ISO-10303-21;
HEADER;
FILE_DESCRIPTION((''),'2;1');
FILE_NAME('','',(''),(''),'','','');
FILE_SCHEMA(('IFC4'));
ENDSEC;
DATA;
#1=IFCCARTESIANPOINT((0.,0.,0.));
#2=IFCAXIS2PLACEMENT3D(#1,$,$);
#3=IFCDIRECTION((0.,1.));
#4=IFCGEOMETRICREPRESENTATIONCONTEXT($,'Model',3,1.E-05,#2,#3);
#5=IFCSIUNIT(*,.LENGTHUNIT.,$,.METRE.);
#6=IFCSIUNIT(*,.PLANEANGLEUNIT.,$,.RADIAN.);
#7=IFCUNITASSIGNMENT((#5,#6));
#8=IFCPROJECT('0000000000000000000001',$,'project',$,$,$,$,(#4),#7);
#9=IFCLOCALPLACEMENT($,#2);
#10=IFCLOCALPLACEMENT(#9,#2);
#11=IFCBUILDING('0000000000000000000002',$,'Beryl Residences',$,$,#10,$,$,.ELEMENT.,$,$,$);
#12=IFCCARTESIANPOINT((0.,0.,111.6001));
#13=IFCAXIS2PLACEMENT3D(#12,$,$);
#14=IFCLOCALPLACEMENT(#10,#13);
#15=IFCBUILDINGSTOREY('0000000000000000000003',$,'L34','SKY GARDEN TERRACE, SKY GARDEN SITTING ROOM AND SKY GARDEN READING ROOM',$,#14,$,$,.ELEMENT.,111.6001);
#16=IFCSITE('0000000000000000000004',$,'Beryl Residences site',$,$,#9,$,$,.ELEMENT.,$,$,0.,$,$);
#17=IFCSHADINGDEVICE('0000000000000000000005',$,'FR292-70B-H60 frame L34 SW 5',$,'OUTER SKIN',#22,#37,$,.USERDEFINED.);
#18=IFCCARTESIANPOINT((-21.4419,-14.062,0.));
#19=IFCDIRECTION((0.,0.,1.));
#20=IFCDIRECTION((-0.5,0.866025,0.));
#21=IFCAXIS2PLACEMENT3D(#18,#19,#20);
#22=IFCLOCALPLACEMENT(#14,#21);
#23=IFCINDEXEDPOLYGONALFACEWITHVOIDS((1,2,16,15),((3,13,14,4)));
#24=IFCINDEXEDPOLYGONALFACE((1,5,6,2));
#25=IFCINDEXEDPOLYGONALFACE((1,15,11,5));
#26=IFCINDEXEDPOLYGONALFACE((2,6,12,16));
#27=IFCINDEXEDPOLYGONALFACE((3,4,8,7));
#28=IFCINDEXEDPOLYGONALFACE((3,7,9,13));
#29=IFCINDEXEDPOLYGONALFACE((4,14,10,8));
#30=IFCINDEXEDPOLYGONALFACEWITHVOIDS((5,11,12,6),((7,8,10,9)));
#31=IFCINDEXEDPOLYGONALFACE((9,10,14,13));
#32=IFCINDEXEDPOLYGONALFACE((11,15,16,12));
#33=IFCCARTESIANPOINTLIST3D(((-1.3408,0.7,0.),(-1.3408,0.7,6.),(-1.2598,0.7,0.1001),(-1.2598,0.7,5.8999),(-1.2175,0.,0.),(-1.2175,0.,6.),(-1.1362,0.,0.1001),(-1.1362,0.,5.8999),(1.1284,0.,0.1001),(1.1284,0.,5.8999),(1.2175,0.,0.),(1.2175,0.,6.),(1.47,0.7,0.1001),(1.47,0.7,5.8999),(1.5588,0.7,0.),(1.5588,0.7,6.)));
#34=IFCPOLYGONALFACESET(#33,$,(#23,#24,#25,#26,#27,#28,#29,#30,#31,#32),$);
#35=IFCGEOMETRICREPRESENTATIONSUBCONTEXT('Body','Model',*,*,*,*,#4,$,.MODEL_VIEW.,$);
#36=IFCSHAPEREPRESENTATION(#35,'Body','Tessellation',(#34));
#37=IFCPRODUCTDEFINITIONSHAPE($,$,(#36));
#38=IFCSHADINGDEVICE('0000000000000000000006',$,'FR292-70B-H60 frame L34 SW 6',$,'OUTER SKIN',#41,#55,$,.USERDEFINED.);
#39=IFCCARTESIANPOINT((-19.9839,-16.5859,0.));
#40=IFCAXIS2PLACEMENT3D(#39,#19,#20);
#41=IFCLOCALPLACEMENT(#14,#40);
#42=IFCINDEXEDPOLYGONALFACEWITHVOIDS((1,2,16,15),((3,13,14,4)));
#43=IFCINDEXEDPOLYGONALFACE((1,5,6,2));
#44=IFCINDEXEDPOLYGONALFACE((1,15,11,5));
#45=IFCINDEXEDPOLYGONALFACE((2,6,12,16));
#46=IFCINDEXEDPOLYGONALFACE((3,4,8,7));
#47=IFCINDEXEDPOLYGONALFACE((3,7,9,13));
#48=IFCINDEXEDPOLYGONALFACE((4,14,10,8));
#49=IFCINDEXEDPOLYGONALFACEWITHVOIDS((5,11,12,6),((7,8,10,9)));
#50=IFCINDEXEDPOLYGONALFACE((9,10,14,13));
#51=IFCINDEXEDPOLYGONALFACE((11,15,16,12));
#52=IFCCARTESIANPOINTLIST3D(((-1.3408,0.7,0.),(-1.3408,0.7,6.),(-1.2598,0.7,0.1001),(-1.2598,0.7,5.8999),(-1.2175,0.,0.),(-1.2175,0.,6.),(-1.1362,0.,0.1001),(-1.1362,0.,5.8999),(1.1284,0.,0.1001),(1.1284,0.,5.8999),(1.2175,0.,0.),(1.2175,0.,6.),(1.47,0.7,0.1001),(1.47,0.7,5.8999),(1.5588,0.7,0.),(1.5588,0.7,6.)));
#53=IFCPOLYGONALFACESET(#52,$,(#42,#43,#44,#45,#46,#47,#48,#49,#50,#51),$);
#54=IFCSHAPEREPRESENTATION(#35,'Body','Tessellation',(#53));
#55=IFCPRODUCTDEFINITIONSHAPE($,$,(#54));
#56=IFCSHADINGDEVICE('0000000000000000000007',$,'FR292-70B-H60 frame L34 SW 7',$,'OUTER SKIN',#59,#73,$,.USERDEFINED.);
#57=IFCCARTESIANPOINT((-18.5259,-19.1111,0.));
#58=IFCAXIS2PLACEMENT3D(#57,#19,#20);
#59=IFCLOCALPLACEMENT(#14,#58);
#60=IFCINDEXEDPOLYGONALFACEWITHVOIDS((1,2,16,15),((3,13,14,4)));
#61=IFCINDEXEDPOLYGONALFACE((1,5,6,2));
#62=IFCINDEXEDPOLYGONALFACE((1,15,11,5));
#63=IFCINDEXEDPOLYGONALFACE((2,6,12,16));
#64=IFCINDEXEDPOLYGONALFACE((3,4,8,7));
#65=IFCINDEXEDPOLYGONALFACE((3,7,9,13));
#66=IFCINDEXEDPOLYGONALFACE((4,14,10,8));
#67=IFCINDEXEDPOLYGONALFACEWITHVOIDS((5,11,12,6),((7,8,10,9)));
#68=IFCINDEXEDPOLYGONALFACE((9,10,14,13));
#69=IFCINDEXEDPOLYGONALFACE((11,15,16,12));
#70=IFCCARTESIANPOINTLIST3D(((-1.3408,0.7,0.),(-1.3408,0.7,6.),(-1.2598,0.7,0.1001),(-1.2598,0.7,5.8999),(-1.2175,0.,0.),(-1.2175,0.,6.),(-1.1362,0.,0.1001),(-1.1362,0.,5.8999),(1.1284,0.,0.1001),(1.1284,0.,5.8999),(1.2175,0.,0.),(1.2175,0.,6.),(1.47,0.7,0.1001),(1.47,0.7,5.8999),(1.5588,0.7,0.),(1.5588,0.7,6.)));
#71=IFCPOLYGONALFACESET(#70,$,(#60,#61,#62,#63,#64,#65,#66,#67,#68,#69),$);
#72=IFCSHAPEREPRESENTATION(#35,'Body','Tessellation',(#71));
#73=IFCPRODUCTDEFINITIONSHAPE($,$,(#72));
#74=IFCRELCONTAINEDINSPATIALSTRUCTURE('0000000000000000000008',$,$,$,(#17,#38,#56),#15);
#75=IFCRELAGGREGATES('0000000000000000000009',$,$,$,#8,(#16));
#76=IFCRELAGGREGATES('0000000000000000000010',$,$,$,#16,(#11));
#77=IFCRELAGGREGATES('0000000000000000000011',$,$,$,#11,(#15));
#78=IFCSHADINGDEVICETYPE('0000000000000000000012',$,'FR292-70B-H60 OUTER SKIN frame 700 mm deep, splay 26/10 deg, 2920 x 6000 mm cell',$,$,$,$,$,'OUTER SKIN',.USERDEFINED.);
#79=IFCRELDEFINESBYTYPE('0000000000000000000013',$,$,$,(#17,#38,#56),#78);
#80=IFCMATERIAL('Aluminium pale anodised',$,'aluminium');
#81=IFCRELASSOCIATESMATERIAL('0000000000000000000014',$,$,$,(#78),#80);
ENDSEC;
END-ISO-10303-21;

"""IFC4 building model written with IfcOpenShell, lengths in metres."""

from ifc_helpers import new_model, entity, si_unit, direction, frame, origin, place, context, subcontext, project, spatial, source, transform, mapped, material, type_object, type_shapes, element, save


model = new_model("IFC4")

# Units and contexts
model_context = context("Model", 3, precision=1e-05, world=origin(), true_north=direction((0.0, 1.0)))
body_context = subcontext(model_context, "Body", "Model", "MODEL_VIEW")
ifc_project = project(units=[si_unit("LENGTHUNIT", "METRE"), si_unit("PLANEANGLEUNIT", "RADIAN")], contexts=[model_context])

# Site, building, storey
site_placement = place(None, origin())
site = spatial("IfcSite", under=ifc_project, at=site_placement, Name="Beryl Residences site", CompositionType="ELEMENT", RefElevation=0.0)
building_placement = place(site_placement, origin())
building = spatial("IfcBuilding", under=site, at=building_placement, Name="Beryl Residences", CompositionType="ELEMENT")
storey_placement = place(building_placement, frame((0.0, 0.0, 111.6001)))
storey = spatial("IfcBuildingStorey", under=building, at=storey_placement, Name="L34", Description="SKY GARDEN TERRACE, SKY GARDEN SITTING ROOM AND SKY GARDEN READING ROOM", CompositionType="ELEMENT", Elevation=111.6001)

# Shading devices
ifc_material_1 = material(Name="Aluminium pale anodised", Category="aluminium")
shading_device_type = type_object("IfcShadingDeviceType", Name="FR292-70B-H60 OUTER SKIN frame 700 mm deep, splay 26/10 deg, 2920 x 6000 mm cell", ElementType="OUTER SKIN", PredefinedType="USERDEFINED", material=ifc_material_1)
cartesian_point_1 = entity("IfcCartesianPoint", [-1.2175, 0.0])
cartesian_point_2 = entity("IfcCartesianPoint", [-1.1284, 0.1001])
cartesian_point_3 = entity("IfcCartesianPoint", [-1.5588, 0.0])
cartesian_point_4 = entity("IfcCartesianPoint", [-1.47, 0.1001])
shared_shape_1 = source(origin(), body_context, "Body", "SweptSolid", [
    entity("IfcExtrudedAreaSolidTapered", entity("IfcArbitraryProfileDefWithVoids", "AREA", None, entity("IfcPolyline", [cartesian_point_1, entity("IfcCartesianPoint", [1.2175, 0.0]), entity("IfcCartesianPoint", [1.2175, 6.0]), entity("IfcCartesianPoint", [-1.2175, 6.0]), cartesian_point_1]), [entity("IfcPolyline", [cartesian_point_2, entity("IfcCartesianPoint", [1.1362, 0.1001]), entity("IfcCartesianPoint", [1.1362, 5.8999]), entity("IfcCartesianPoint", [-1.1284, 5.8999]), cartesian_point_2])]), entity("IfcAxis2Placement3D", entity("IfcCartesianPoint", [0.0, 0.0, 0.0]), entity("IfcDirection", [0.0, 1.0, 0.0]), entity("IfcDirection", [-1.0, 0.0, 0.0])), entity("IfcDirection", [0.0, 0.0, 1.0]), 0.7, entity("IfcArbitraryProfileDefWithVoids", "AREA", None, entity("IfcPolyline", [cartesian_point_3, entity("IfcCartesianPoint", [1.3408, 0.0]), entity("IfcCartesianPoint", [1.3408, 6.0]), entity("IfcCartesianPoint", [-1.5588, 6.0]), cartesian_point_3]), [entity("IfcPolyline", [cartesian_point_4, entity("IfcCartesianPoint", [1.2598, 0.1001]), entity("IfcCartesianPoint", [1.2598, 5.8999]), entity("IfcCartesianPoint", [-1.47, 5.8999]), cartesian_point_4])])),
])
type_shapes(shading_device_type, [shared_shape_1])
for number, where, z_axis, x_axis, name in (
    (1, (-21.4419, -14.062, 0.0), (0.0, 0.0, 1.0), (-0.5, 0.866025, 0.0), "FR292-70B-H60 frame L34 SW 5"),
    (2, (-19.9839, -16.5859, 0.0), (0.0, 0.0, 1.0), (-0.5, 0.866025, 0.0), "FR292-70B-H60 frame L34 SW 6"),
    (3, (-18.5259, -19.1111, 0.0), (0.0, 0.0, 1.0), (-0.5, 0.866025, 0.0), "FR292-70B-H60 frame L34 SW 7"),
):
    element("IfcShadingDevice", number, at=place(storey_placement, frame(where, z_axis=z_axis, x_axis=x_axis)), inside=storey, type_object=shading_device_type, Name=name, ObjectType="OUTER SKIN", PredefinedType="USERDEFINED", context=body_context, shape_type="MappedRepresentation", body=[
        mapped(shared_shape_1, transform((0.0, 0.0, 0.0))),
    ])

save(model, "model.ifc")
